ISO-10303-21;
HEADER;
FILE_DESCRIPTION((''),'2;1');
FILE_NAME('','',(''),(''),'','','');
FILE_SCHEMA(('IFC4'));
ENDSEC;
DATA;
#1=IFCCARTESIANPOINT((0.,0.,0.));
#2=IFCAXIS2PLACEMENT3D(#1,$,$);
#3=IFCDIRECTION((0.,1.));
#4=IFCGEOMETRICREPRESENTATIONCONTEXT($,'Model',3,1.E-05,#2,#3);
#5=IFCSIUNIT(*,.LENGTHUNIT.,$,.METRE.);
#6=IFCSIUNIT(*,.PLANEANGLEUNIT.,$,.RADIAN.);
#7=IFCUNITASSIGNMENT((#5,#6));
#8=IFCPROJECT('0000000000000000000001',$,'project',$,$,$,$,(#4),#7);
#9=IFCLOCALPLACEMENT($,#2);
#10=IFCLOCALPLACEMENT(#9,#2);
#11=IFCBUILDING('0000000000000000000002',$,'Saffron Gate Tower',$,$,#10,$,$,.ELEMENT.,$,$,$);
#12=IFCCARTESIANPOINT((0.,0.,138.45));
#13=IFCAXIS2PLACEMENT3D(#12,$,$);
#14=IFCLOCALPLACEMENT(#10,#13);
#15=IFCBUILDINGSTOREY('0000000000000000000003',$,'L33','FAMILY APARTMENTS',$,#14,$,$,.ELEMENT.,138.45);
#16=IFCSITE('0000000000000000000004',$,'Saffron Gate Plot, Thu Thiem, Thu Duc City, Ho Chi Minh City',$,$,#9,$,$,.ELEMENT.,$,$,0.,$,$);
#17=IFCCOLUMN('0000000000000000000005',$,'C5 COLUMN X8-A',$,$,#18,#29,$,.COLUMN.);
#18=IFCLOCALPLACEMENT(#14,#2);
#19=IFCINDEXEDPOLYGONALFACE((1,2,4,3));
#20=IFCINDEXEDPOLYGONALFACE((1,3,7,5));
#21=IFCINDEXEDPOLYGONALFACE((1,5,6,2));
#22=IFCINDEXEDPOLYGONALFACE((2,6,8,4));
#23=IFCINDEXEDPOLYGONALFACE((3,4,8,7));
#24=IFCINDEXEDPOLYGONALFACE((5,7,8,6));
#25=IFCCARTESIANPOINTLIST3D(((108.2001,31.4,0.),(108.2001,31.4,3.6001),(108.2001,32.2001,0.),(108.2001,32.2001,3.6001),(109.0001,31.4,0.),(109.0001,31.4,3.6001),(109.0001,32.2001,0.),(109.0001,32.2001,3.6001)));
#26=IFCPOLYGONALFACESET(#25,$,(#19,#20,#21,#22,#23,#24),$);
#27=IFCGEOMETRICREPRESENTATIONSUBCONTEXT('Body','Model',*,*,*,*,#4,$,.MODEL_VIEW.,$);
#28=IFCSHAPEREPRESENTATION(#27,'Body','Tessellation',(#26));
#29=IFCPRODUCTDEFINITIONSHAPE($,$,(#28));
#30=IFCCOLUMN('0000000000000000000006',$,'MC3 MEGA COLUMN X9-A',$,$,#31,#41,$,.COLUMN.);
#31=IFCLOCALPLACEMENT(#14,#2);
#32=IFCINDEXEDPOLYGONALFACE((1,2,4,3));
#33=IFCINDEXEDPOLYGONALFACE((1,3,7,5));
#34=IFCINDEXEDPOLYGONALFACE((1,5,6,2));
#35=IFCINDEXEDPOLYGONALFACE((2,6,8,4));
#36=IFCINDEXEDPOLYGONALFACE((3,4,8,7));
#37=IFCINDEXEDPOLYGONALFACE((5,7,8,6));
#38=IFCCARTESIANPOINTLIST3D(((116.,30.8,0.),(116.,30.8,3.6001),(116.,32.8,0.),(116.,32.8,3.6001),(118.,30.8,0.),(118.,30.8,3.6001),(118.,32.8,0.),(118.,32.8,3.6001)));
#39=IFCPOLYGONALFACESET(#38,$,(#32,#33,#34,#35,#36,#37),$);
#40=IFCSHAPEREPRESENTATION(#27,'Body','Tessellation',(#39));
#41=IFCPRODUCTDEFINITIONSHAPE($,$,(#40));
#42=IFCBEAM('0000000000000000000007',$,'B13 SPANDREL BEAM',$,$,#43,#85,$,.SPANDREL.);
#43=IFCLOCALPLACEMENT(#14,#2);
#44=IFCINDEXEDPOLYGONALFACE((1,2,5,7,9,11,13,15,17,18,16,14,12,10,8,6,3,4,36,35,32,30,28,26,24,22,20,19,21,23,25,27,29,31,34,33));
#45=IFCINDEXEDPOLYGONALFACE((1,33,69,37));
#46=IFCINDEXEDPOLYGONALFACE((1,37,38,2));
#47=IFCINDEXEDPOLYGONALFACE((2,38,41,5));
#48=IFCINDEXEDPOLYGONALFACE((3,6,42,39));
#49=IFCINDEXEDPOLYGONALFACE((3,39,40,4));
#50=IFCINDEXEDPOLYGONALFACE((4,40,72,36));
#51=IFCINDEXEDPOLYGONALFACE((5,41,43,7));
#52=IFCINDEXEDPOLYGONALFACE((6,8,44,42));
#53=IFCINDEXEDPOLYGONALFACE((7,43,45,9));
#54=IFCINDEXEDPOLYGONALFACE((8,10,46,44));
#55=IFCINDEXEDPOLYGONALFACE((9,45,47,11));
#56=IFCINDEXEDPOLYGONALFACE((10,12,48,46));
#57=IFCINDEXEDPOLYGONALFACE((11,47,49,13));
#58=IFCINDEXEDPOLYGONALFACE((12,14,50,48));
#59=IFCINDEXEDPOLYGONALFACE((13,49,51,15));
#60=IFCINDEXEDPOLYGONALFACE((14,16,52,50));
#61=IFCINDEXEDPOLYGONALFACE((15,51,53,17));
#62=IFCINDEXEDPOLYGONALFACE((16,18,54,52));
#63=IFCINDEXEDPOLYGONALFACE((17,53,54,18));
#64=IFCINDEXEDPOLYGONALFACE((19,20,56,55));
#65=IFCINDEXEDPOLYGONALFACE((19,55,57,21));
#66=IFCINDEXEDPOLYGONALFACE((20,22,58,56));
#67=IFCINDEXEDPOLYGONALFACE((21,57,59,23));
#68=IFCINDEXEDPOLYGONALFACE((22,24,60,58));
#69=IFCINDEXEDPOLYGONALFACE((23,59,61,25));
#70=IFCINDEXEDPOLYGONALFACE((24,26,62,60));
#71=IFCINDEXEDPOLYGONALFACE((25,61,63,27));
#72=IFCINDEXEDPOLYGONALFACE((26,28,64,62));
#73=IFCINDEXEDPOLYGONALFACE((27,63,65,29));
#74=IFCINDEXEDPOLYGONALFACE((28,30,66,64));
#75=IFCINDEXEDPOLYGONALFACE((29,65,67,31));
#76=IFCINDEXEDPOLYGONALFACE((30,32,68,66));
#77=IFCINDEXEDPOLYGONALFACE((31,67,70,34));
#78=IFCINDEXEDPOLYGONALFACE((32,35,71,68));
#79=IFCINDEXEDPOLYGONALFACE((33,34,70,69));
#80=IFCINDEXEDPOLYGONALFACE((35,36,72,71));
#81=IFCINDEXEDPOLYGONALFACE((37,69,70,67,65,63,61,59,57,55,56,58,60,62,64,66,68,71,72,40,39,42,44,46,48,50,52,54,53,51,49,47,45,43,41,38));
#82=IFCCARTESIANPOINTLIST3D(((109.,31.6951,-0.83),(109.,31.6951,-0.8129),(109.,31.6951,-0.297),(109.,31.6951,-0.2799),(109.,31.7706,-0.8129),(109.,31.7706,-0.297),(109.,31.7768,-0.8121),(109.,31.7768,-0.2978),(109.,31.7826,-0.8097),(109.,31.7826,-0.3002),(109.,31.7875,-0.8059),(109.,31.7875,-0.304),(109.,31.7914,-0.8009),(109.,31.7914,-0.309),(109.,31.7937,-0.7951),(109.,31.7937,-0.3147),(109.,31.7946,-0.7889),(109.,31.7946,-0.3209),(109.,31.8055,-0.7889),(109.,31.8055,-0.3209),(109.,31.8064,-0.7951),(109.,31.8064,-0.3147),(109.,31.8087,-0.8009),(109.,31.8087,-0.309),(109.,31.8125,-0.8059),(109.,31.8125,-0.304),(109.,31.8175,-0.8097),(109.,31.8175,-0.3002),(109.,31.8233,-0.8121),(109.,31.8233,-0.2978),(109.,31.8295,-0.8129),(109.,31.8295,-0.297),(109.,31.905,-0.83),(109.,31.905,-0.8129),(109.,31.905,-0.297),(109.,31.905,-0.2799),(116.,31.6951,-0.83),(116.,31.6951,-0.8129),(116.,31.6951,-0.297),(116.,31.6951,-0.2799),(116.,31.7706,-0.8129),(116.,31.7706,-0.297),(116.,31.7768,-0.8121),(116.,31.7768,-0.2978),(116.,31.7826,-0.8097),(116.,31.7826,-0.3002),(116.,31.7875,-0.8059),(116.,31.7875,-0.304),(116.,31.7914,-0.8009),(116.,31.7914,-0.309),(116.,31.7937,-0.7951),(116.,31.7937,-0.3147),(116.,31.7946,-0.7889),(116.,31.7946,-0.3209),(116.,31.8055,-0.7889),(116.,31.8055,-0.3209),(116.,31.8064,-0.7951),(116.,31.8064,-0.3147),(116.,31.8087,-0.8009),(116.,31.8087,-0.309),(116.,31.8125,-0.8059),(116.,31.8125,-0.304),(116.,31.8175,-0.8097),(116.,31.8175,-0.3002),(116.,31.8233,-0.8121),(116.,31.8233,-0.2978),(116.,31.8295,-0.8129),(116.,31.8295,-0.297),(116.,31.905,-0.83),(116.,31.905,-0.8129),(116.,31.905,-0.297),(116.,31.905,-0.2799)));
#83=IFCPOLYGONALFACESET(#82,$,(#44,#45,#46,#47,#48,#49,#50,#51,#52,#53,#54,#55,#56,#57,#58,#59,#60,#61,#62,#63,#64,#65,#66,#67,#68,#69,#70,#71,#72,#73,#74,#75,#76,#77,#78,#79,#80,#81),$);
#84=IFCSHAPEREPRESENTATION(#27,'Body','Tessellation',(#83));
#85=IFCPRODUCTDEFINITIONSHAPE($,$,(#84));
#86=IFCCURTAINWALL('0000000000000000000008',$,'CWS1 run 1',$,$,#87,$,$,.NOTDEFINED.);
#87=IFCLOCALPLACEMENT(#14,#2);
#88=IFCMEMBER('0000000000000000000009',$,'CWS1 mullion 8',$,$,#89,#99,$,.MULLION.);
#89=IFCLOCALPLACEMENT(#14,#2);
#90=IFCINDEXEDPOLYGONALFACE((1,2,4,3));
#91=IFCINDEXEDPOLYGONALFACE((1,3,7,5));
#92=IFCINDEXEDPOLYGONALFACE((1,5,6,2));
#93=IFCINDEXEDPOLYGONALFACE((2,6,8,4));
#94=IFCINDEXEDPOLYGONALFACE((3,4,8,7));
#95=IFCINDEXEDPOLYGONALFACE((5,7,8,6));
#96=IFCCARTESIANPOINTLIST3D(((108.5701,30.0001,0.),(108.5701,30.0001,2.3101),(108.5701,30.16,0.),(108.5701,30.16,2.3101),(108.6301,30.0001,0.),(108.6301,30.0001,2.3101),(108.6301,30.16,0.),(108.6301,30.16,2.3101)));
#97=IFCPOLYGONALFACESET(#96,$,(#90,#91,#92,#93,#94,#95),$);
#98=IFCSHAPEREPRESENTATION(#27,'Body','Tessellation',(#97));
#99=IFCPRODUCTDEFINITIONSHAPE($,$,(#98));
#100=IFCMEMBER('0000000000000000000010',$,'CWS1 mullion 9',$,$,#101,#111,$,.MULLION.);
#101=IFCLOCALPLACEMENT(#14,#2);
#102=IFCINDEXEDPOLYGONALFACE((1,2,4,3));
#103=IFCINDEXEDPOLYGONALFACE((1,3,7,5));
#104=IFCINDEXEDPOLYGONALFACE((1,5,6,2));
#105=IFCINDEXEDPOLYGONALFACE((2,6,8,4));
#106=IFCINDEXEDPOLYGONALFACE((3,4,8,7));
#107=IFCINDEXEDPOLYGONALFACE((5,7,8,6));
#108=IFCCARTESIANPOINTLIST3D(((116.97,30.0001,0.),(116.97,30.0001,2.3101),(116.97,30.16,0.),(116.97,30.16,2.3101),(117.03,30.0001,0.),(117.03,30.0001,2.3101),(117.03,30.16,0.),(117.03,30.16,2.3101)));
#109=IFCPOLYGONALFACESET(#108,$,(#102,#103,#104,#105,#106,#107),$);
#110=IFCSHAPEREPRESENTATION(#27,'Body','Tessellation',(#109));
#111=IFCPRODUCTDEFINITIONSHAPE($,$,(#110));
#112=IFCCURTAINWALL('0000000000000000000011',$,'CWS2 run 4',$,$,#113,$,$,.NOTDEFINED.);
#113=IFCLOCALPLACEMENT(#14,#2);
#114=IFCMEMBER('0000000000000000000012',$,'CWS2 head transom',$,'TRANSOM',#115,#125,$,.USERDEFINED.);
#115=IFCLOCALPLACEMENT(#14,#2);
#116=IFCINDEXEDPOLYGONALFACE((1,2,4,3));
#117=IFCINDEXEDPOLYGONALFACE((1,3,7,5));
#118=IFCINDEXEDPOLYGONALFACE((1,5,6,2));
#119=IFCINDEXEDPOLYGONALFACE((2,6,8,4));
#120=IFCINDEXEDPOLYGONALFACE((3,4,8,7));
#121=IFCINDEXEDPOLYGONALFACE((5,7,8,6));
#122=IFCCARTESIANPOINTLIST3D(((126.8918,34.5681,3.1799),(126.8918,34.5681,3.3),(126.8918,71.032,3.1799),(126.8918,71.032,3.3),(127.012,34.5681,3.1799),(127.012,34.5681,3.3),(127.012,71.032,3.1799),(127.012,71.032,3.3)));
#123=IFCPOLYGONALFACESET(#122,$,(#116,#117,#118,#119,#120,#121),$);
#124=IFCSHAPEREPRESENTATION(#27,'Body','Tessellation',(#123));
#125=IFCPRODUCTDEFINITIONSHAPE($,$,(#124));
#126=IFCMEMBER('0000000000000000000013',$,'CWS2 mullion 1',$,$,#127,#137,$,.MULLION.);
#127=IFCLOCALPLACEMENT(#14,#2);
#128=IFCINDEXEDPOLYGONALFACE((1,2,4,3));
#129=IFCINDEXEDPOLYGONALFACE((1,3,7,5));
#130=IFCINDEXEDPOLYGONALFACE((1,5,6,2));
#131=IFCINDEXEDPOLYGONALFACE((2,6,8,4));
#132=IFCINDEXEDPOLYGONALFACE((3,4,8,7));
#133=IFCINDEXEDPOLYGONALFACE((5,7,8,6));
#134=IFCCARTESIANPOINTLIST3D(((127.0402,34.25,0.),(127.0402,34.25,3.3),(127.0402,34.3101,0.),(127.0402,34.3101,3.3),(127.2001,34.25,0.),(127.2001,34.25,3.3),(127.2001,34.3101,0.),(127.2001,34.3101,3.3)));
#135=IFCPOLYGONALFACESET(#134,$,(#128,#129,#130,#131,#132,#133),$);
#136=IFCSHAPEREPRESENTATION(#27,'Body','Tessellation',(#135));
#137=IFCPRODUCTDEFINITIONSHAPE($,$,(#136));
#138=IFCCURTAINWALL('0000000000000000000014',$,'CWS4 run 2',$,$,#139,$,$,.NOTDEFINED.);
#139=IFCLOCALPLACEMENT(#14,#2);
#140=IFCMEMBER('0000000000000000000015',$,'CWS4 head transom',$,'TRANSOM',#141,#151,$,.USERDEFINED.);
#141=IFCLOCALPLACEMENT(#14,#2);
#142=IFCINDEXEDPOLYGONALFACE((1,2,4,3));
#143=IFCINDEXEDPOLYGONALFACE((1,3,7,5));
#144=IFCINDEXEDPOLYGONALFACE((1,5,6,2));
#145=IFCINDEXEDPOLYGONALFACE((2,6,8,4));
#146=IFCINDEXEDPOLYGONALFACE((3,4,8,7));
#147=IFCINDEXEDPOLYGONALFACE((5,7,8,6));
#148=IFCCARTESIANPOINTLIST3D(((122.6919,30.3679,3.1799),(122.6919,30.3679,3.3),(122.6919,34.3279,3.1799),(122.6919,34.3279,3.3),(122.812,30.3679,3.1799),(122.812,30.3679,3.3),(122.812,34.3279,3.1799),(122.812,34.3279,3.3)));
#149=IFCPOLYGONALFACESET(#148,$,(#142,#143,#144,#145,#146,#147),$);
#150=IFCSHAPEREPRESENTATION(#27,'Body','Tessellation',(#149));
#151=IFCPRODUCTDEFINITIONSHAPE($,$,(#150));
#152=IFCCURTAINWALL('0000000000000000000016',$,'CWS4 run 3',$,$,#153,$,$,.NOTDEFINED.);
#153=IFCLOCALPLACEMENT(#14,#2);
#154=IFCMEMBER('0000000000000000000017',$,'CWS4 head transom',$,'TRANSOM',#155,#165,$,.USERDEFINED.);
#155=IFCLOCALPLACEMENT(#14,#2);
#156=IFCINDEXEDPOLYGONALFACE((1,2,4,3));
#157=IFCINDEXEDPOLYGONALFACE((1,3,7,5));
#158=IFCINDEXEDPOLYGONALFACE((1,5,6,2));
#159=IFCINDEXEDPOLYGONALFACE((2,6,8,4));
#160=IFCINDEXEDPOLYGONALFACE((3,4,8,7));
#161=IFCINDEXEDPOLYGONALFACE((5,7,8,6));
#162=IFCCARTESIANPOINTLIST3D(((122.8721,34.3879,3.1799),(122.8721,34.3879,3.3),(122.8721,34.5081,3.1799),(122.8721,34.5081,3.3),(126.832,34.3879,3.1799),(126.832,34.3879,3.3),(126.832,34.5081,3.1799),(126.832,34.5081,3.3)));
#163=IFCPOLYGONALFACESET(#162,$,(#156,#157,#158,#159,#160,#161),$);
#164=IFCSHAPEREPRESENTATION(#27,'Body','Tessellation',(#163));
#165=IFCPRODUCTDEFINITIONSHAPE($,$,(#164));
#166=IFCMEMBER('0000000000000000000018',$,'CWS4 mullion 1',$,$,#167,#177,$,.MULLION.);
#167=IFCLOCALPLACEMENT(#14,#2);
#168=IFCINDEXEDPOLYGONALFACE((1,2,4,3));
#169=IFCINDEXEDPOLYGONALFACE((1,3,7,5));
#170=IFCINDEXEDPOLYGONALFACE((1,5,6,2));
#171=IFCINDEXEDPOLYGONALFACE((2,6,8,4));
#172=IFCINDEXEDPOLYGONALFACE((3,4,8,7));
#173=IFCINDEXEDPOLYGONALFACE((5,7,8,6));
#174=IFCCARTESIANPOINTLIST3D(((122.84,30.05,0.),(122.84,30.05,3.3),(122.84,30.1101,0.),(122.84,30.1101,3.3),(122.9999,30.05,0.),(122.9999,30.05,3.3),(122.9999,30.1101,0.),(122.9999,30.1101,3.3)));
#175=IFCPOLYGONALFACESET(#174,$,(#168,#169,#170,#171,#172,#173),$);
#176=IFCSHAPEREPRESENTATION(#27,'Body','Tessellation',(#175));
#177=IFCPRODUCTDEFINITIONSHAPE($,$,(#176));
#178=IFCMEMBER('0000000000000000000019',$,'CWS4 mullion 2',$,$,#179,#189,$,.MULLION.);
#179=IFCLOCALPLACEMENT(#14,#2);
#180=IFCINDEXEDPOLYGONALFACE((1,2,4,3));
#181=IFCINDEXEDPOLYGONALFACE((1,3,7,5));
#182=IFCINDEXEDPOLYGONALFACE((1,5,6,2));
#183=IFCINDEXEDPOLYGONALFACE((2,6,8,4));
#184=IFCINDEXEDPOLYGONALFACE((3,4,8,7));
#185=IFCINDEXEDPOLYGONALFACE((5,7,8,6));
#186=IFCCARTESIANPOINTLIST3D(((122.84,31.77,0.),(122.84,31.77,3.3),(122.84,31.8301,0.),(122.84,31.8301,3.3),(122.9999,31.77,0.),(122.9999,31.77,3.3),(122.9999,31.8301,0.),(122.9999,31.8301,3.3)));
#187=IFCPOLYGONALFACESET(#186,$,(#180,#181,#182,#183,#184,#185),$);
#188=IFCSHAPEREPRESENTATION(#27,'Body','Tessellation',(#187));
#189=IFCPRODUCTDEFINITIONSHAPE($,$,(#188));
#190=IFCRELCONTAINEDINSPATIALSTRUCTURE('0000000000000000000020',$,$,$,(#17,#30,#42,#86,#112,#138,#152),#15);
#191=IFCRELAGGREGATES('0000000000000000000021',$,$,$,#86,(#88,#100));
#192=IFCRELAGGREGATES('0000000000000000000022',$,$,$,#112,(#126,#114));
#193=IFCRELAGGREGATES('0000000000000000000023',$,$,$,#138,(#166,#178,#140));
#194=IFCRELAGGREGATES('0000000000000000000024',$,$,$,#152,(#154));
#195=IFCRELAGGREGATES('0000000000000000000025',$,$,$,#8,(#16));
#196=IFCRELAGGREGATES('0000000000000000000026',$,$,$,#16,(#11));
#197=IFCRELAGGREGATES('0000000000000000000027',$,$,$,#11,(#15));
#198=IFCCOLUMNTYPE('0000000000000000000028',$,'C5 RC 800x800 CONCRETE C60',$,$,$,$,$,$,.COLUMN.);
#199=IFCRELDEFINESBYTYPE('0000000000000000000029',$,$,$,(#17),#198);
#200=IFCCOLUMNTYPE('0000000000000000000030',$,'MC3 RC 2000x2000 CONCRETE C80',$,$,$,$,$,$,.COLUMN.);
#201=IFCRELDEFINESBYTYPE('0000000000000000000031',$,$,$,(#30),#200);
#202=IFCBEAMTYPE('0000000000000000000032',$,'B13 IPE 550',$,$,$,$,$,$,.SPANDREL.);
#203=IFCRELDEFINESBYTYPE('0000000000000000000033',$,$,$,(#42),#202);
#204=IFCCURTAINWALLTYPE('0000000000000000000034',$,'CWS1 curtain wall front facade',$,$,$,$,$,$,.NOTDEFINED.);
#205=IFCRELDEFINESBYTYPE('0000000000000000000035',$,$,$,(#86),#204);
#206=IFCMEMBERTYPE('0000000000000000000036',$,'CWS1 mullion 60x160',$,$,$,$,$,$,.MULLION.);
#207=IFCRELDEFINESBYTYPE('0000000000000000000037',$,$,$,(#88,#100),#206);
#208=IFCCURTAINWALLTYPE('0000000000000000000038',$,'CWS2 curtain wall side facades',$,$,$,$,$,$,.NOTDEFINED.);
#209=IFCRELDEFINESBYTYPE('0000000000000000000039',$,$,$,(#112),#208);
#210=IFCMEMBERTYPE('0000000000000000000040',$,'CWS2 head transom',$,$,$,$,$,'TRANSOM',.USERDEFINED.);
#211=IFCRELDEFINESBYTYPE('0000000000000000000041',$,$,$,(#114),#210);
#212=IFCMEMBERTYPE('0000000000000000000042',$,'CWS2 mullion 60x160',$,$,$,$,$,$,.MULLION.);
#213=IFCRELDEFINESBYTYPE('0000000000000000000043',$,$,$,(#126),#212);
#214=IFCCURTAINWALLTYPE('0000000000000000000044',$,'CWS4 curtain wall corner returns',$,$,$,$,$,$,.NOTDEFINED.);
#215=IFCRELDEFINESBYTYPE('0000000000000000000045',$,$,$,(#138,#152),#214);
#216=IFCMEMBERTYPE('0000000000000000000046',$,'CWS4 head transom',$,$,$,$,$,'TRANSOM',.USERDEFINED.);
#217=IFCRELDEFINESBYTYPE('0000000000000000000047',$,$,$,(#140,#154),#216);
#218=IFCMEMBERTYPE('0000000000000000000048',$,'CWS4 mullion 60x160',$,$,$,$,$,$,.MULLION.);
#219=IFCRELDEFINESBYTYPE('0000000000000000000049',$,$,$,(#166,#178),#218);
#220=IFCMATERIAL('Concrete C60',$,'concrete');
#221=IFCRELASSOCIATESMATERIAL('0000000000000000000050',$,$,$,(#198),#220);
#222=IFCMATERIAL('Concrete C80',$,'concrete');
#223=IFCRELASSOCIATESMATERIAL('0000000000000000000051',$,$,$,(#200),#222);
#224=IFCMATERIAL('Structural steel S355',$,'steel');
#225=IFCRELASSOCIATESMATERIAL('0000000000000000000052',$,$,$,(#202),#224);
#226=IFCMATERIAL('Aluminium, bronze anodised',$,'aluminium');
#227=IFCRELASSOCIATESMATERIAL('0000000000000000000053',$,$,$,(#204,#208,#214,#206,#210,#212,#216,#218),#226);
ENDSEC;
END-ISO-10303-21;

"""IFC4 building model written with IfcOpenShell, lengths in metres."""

from ifc_helpers import new_model, si_unit, direction, frame, origin, origin_2d, place, context, subcontext, project, spatial, rectangle, i_section, extrude, material, material_profile, profile_set, type_object, element, aggregate, save


model = new_model("IFC4")

# Units and contexts
model_context = context("Model", 3, precision=1e-05, world=origin(), true_north=direction((0.0, 1.0)))
body_context = subcontext(model_context, "Body", "Model", "MODEL_VIEW")
ifc_project = project(units=[si_unit("LENGTHUNIT", "METRE"), si_unit("PLANEANGLEUNIT", "RADIAN")], contexts=[model_context])

# Site, building, storey
site_placement = place(None, origin())
site = spatial("IfcSite", under=ifc_project, at=site_placement, Name="Saffron Gate Plot, Thu Thiem, Thu Duc City, Ho Chi Minh City", CompositionType="ELEMENT", RefElevation=0.0)
building_placement = place(site_placement, origin())
building = spatial("IfcBuilding", under=site, at=building_placement, Name="Saffron Gate Tower", CompositionType="ELEMENT")
storey_placement = place(building_placement, frame((0.0, 0.0, 138.45)))
storey = spatial("IfcBuildingStorey", under=building, at=storey_placement, Name="L33", Description="FAMILY APARTMENTS", CompositionType="ELEMENT", Elevation=138.45)

# Columns
ifc_material_1 = material(Name="Concrete C60", Category="concrete")
ifc_material_profile_1 = material_profile(ifc_material_1, rectangle(XDim=0.8, YDim=0.8, at=origin_2d()))
ifc_profile_set_1 = profile_set([ifc_material_profile_1], Name="Concrete C60")
column_type_1 = type_object("IfcColumnType", Name="C5 RC 800x800 CONCRETE C60", PredefinedType="COLUMN", material=ifc_profile_set_1)
column_1_placement = place(storey_placement, frame((108.6001, 31.8, 0.0), z_axis=(0.0, 0.0, 1.0), x_axis=(1.0, 0.0, 0.0)))
element("IfcColumn", 1, at=column_1_placement, inside=storey, type_object=column_type_1, Name="C5 COLUMN X8-A", PredefinedType="COLUMN", context=body_context, shape_type="SweptSolid", body=[
    extrude(rectangle(XDim=0.8, YDim=0.8, at=origin_2d()), origin(), (0.0, 0.0, 1.0), 3.6001),
])
ifc_material_2 = material(Name="Concrete C80", Category="concrete")
ifc_material_profile_2 = material_profile(ifc_material_2, rectangle(XDim=2.0, YDim=2.0, at=origin_2d()))
ifc_profile_set_2 = profile_set([ifc_material_profile_2], Name="Concrete C80")
column_type_2 = type_object("IfcColumnType", Name="MC3 RC 2000x2000 CONCRETE C80", PredefinedType="COLUMN", material=ifc_profile_set_2)
column_2_placement = place(storey_placement, frame((117.0, 31.8, 0.0), z_axis=(0.0, 0.0, 1.0), x_axis=(1.0, 0.0, 0.0)))
element("IfcColumn", 2, at=column_2_placement, inside=storey, type_object=column_type_2, Name="MC3 MEGA COLUMN X9-A", PredefinedType="COLUMN", context=body_context, shape_type="SweptSolid", body=[
    extrude(rectangle(XDim=2.0, YDim=2.0, at=origin_2d()), origin(), (0.0, 0.0, 1.0), 3.6001),
])

# Beam
ifc_material_3 = material(Name="Structural steel S355", Category="steel")
ifc_material_profile_3 = material_profile(ifc_material_3, i_section(OverallWidth=0.21, OverallDepth=0.55, WebThickness=0.011, FlangeThickness=0.0171, FilletRadius=0.0239, at=origin_2d()))
ifc_profile_set_3 = profile_set([ifc_material_profile_3], Name="Structural steel S355")
beam_type = type_object("IfcBeamType", Name="B13 IPE 550", PredefinedType="SPANDREL", material=ifc_profile_set_3)
beam_placement = place(storey_placement, frame((109.0, 31.8, -0.5549), z_axis=(1.0, 0.0, 0.0), x_axis=(0.0, 1.0, 0.0)))
element("IfcBeam", 3, at=beam_placement, inside=storey, type_object=beam_type, Name="B13 SPANDREL BEAM", PredefinedType="SPANDREL", context=body_context, shape_type="SweptSolid", body=[
    extrude(i_section(OverallWidth=0.21, OverallDepth=0.55, WebThickness=0.011, FlangeThickness=0.0171, FilletRadius=0.0239, at=origin_2d()), origin(), (0.0, 0.0, 1.0), 7.0),
])

# Curtain walls, members
ifc_material_4 = material(Name="Aluminium, bronze anodised", Category="aluminium")
curtain_wall_type_1 = type_object("IfcCurtainWallType", Name="CWS1 curtain wall front facade", PredefinedType="NOTDEFINED", material=ifc_material_4)
curtain_wall_1_placement = place(storey_placement, origin())
curtain_wall_1 = element("IfcCurtainWall", 4, at=curtain_wall_1_placement, inside=storey, type_object=curtain_wall_type_1, Name="CWS1 run 1", PredefinedType="NOTDEFINED")
ifc_material_profile_4 = material_profile(ifc_material_4, rectangle(XDim=0.1599, YDim=0.0601, at=origin_2d()))
ifc_profile_set_4 = profile_set([ifc_material_profile_4], Name="Aluminium, bronze anodised")
member_type_1 = type_object("IfcMemberType", Name="CWS1 mullion 60x160", PredefinedType="MULLION", material=ifc_profile_set_4)
member_1_placement = place(storey_placement, frame((108.6001, 30.0801, 0.0), z_axis=(0.0, 0.0, 1.0), x_axis=(0.0, 1.0, 0.0)))
member_1 = element("IfcMember", 5, at=member_1_placement, type_object=member_type_1, Name="CWS1 mullion 8", PredefinedType="MULLION", context=body_context, shape_type="SweptSolid", body=[
    extrude(rectangle(XDim=0.1599, YDim=0.0601, at=origin_2d()), origin(), (0.0, 0.0, 1.0), 2.3101),
])
member_2_placement = place(storey_placement, frame((117.0, 30.0801, 0.0), z_axis=(0.0, 0.0, 1.0), x_axis=(0.0, 1.0, 0.0)))
member_2 = element("IfcMember", 6, at=member_2_placement, type_object=member_type_1, Name="CWS1 mullion 9", PredefinedType="MULLION", context=body_context, shape_type="SweptSolid", body=[
    extrude(rectangle(XDim=0.1599, YDim=0.0601, at=origin_2d()), origin(), (0.0, 0.0, 1.0), 2.3101),
])
aggregate(curtain_wall_1, [member_1, member_2])
curtain_wall_type_2 = type_object("IfcCurtainWallType", Name="CWS2 curtain wall side facades", PredefinedType="NOTDEFINED", material=ifc_material_4)
curtain_wall_2_placement = place(storey_placement, origin())
curtain_wall_2 = element("IfcCurtainWall", 7, at=curtain_wall_2_placement, inside=storey, type_object=curtain_wall_type_2, Name="CWS2 run 4", PredefinedType="NOTDEFINED")
ifc_material_profile_5 = material_profile(ifc_material_4, rectangle(XDim=0.1201, YDim=0.1201, at=origin_2d()))
ifc_profile_set_5 = profile_set([ifc_material_profile_5], Name="Aluminium, bronze anodised")
member_type_2 = type_object("IfcMemberType", Name="CWS2 head transom", ElementType="TRANSOM", PredefinedType="USERDEFINED", material=ifc_profile_set_5)
member_3_placement = place(storey_placement, frame((126.9519, 34.5681, 3.24), z_axis=(0.0, 1.0, 0.0), x_axis=(-1.0, 0.0, 0.0)))
member_3 = element("IfcMember", 8, at=member_3_placement, type_object=member_type_2, Name="CWS2 head transom", ObjectType="TRANSOM", PredefinedType="USERDEFINED", context=body_context, shape_type="SweptSolid", body=[
    extrude(rectangle(XDim=0.1201, YDim=0.1201, at=origin_2d()), origin(), (0.0, 0.0, 1.0), 36.4639),
])
ifc_material_profile_6 = material_profile(ifc_material_4, rectangle(XDim=0.1599, YDim=0.0601, at=origin_2d()))
ifc_profile_set_6 = profile_set([ifc_material_profile_6], Name="Aluminium, bronze anodised")
member_type_3 = type_object("IfcMemberType", Name="CWS2 mullion 60x160", PredefinedType="MULLION", material=ifc_profile_set_6)
member_4_placement = place(storey_placement, frame((127.1201, 34.28, 0.0), z_axis=(0.0, 0.0, 1.0), x_axis=(-1.0, 0.0, 0.0)))
member_4 = element("IfcMember", 9, at=member_4_placement, type_object=member_type_3, Name="CWS2 mullion 1", PredefinedType="MULLION", context=body_context, shape_type="SweptSolid", body=[
    extrude(rectangle(XDim=0.1599, YDim=0.0601, at=origin_2d()), origin(), (0.0, 0.0, 1.0), 3.3),
])

# Curtain walls, members
curtain_wall_type_3 = type_object("IfcCurtainWallType", Name="CWS4 curtain wall corner returns", PredefinedType="NOTDEFINED", material=ifc_material_4)
curtain_wall_3_placement = place(storey_placement, origin())
curtain_wall_3 = element("IfcCurtainWall", 10, at=curtain_wall_3_placement, inside=storey, type_object=curtain_wall_type_3, Name="CWS4 run 2", PredefinedType="NOTDEFINED")
ifc_material_profile_7 = material_profile(ifc_material_4, rectangle(XDim=0.1201, YDim=0.1201, at=origin_2d()))
ifc_profile_set_7 = profile_set([ifc_material_profile_7], Name="Aluminium, bronze anodised")
member_type_4 = type_object("IfcMemberType", Name="CWS4 head transom", ElementType="TRANSOM", PredefinedType="USERDEFINED", material=ifc_profile_set_7)
member_5_placement = place(storey_placement, frame((122.752, 30.3679, 3.24), z_axis=(0.0, 1.0, 0.0), x_axis=(-1.0, 0.0, 0.0)))
member_5 = element("IfcMember", 11, at=member_5_placement, type_object=member_type_4, Name="CWS4 head transom", ObjectType="TRANSOM", PredefinedType="USERDEFINED", context=body_context, shape_type="SweptSolid", body=[
    extrude(rectangle(XDim=0.1201, YDim=0.1201, at=origin_2d()), origin(), (0.0, 0.0, 1.0), 3.96),
])
curtain_wall_4_placement = place(storey_placement, origin())
curtain_wall_4 = element("IfcCurtainWall", 12, at=curtain_wall_4_placement, inside=storey, type_object=curtain_wall_type_3, Name="CWS4 run 3", PredefinedType="NOTDEFINED")
member_6_placement = place(storey_placement, frame((122.8721, 34.448, 3.24), z_axis=(1.0, 0.0, 0.0), x_axis=(0.0, 1.0, 0.0)))
member_6 = element("IfcMember", 13, at=member_6_placement, type_object=member_type_4, Name="CWS4 head transom", ObjectType="TRANSOM", PredefinedType="USERDEFINED", context=body_context, shape_type="SweptSolid", body=[
    extrude(rectangle(XDim=0.1201, YDim=0.1201, at=origin_2d()), origin(), (0.0, 0.0, 1.0), 3.96),
])

# Members
ifc_material_profile_8 = material_profile(ifc_material_4, rectangle(XDim=0.1599, YDim=0.0601, at=origin_2d()))
ifc_profile_set_8 = profile_set([ifc_material_profile_8], Name="Aluminium, bronze anodised")
member_type_5 = type_object("IfcMemberType", Name="CWS4 mullion 60x160", PredefinedType="MULLION", material=ifc_profile_set_8)
member_7_placement = place(storey_placement, frame((122.9199, 30.0801, 0.0), z_axis=(0.0, 0.0, 1.0), x_axis=(-1.0, 0.0, 0.0)))
member_7 = element("IfcMember", 14, at=member_7_placement, type_object=member_type_5, Name="CWS4 mullion 1", PredefinedType="MULLION", context=body_context, shape_type="SweptSolid", body=[
    extrude(rectangle(XDim=0.1599, YDim=0.0601, at=origin_2d()), origin(), (0.0, 0.0, 1.0), 3.3),
])
member_8_placement = place(storey_placement, frame((122.9199, 31.8, 0.0), z_axis=(0.0, 0.0, 1.0), x_axis=(-1.0, 0.0, 0.0)))
member_8 = element("IfcMember", 15, at=member_8_placement, type_object=member_type_5, Name="CWS4 mullion 2", PredefinedType="MULLION", context=body_context, shape_type="SweptSolid", body=[
    extrude(rectangle(XDim=0.1599, YDim=0.0601, at=origin_2d()), origin(), (0.0, 0.0, 1.0), 3.3),
])

aggregate(curtain_wall_2, [member_4, member_3])

aggregate(curtain_wall_3, [member_7, member_8, member_5])
aggregate(curtain_wall_4, [member_6])

save(model, "model.ifc")
